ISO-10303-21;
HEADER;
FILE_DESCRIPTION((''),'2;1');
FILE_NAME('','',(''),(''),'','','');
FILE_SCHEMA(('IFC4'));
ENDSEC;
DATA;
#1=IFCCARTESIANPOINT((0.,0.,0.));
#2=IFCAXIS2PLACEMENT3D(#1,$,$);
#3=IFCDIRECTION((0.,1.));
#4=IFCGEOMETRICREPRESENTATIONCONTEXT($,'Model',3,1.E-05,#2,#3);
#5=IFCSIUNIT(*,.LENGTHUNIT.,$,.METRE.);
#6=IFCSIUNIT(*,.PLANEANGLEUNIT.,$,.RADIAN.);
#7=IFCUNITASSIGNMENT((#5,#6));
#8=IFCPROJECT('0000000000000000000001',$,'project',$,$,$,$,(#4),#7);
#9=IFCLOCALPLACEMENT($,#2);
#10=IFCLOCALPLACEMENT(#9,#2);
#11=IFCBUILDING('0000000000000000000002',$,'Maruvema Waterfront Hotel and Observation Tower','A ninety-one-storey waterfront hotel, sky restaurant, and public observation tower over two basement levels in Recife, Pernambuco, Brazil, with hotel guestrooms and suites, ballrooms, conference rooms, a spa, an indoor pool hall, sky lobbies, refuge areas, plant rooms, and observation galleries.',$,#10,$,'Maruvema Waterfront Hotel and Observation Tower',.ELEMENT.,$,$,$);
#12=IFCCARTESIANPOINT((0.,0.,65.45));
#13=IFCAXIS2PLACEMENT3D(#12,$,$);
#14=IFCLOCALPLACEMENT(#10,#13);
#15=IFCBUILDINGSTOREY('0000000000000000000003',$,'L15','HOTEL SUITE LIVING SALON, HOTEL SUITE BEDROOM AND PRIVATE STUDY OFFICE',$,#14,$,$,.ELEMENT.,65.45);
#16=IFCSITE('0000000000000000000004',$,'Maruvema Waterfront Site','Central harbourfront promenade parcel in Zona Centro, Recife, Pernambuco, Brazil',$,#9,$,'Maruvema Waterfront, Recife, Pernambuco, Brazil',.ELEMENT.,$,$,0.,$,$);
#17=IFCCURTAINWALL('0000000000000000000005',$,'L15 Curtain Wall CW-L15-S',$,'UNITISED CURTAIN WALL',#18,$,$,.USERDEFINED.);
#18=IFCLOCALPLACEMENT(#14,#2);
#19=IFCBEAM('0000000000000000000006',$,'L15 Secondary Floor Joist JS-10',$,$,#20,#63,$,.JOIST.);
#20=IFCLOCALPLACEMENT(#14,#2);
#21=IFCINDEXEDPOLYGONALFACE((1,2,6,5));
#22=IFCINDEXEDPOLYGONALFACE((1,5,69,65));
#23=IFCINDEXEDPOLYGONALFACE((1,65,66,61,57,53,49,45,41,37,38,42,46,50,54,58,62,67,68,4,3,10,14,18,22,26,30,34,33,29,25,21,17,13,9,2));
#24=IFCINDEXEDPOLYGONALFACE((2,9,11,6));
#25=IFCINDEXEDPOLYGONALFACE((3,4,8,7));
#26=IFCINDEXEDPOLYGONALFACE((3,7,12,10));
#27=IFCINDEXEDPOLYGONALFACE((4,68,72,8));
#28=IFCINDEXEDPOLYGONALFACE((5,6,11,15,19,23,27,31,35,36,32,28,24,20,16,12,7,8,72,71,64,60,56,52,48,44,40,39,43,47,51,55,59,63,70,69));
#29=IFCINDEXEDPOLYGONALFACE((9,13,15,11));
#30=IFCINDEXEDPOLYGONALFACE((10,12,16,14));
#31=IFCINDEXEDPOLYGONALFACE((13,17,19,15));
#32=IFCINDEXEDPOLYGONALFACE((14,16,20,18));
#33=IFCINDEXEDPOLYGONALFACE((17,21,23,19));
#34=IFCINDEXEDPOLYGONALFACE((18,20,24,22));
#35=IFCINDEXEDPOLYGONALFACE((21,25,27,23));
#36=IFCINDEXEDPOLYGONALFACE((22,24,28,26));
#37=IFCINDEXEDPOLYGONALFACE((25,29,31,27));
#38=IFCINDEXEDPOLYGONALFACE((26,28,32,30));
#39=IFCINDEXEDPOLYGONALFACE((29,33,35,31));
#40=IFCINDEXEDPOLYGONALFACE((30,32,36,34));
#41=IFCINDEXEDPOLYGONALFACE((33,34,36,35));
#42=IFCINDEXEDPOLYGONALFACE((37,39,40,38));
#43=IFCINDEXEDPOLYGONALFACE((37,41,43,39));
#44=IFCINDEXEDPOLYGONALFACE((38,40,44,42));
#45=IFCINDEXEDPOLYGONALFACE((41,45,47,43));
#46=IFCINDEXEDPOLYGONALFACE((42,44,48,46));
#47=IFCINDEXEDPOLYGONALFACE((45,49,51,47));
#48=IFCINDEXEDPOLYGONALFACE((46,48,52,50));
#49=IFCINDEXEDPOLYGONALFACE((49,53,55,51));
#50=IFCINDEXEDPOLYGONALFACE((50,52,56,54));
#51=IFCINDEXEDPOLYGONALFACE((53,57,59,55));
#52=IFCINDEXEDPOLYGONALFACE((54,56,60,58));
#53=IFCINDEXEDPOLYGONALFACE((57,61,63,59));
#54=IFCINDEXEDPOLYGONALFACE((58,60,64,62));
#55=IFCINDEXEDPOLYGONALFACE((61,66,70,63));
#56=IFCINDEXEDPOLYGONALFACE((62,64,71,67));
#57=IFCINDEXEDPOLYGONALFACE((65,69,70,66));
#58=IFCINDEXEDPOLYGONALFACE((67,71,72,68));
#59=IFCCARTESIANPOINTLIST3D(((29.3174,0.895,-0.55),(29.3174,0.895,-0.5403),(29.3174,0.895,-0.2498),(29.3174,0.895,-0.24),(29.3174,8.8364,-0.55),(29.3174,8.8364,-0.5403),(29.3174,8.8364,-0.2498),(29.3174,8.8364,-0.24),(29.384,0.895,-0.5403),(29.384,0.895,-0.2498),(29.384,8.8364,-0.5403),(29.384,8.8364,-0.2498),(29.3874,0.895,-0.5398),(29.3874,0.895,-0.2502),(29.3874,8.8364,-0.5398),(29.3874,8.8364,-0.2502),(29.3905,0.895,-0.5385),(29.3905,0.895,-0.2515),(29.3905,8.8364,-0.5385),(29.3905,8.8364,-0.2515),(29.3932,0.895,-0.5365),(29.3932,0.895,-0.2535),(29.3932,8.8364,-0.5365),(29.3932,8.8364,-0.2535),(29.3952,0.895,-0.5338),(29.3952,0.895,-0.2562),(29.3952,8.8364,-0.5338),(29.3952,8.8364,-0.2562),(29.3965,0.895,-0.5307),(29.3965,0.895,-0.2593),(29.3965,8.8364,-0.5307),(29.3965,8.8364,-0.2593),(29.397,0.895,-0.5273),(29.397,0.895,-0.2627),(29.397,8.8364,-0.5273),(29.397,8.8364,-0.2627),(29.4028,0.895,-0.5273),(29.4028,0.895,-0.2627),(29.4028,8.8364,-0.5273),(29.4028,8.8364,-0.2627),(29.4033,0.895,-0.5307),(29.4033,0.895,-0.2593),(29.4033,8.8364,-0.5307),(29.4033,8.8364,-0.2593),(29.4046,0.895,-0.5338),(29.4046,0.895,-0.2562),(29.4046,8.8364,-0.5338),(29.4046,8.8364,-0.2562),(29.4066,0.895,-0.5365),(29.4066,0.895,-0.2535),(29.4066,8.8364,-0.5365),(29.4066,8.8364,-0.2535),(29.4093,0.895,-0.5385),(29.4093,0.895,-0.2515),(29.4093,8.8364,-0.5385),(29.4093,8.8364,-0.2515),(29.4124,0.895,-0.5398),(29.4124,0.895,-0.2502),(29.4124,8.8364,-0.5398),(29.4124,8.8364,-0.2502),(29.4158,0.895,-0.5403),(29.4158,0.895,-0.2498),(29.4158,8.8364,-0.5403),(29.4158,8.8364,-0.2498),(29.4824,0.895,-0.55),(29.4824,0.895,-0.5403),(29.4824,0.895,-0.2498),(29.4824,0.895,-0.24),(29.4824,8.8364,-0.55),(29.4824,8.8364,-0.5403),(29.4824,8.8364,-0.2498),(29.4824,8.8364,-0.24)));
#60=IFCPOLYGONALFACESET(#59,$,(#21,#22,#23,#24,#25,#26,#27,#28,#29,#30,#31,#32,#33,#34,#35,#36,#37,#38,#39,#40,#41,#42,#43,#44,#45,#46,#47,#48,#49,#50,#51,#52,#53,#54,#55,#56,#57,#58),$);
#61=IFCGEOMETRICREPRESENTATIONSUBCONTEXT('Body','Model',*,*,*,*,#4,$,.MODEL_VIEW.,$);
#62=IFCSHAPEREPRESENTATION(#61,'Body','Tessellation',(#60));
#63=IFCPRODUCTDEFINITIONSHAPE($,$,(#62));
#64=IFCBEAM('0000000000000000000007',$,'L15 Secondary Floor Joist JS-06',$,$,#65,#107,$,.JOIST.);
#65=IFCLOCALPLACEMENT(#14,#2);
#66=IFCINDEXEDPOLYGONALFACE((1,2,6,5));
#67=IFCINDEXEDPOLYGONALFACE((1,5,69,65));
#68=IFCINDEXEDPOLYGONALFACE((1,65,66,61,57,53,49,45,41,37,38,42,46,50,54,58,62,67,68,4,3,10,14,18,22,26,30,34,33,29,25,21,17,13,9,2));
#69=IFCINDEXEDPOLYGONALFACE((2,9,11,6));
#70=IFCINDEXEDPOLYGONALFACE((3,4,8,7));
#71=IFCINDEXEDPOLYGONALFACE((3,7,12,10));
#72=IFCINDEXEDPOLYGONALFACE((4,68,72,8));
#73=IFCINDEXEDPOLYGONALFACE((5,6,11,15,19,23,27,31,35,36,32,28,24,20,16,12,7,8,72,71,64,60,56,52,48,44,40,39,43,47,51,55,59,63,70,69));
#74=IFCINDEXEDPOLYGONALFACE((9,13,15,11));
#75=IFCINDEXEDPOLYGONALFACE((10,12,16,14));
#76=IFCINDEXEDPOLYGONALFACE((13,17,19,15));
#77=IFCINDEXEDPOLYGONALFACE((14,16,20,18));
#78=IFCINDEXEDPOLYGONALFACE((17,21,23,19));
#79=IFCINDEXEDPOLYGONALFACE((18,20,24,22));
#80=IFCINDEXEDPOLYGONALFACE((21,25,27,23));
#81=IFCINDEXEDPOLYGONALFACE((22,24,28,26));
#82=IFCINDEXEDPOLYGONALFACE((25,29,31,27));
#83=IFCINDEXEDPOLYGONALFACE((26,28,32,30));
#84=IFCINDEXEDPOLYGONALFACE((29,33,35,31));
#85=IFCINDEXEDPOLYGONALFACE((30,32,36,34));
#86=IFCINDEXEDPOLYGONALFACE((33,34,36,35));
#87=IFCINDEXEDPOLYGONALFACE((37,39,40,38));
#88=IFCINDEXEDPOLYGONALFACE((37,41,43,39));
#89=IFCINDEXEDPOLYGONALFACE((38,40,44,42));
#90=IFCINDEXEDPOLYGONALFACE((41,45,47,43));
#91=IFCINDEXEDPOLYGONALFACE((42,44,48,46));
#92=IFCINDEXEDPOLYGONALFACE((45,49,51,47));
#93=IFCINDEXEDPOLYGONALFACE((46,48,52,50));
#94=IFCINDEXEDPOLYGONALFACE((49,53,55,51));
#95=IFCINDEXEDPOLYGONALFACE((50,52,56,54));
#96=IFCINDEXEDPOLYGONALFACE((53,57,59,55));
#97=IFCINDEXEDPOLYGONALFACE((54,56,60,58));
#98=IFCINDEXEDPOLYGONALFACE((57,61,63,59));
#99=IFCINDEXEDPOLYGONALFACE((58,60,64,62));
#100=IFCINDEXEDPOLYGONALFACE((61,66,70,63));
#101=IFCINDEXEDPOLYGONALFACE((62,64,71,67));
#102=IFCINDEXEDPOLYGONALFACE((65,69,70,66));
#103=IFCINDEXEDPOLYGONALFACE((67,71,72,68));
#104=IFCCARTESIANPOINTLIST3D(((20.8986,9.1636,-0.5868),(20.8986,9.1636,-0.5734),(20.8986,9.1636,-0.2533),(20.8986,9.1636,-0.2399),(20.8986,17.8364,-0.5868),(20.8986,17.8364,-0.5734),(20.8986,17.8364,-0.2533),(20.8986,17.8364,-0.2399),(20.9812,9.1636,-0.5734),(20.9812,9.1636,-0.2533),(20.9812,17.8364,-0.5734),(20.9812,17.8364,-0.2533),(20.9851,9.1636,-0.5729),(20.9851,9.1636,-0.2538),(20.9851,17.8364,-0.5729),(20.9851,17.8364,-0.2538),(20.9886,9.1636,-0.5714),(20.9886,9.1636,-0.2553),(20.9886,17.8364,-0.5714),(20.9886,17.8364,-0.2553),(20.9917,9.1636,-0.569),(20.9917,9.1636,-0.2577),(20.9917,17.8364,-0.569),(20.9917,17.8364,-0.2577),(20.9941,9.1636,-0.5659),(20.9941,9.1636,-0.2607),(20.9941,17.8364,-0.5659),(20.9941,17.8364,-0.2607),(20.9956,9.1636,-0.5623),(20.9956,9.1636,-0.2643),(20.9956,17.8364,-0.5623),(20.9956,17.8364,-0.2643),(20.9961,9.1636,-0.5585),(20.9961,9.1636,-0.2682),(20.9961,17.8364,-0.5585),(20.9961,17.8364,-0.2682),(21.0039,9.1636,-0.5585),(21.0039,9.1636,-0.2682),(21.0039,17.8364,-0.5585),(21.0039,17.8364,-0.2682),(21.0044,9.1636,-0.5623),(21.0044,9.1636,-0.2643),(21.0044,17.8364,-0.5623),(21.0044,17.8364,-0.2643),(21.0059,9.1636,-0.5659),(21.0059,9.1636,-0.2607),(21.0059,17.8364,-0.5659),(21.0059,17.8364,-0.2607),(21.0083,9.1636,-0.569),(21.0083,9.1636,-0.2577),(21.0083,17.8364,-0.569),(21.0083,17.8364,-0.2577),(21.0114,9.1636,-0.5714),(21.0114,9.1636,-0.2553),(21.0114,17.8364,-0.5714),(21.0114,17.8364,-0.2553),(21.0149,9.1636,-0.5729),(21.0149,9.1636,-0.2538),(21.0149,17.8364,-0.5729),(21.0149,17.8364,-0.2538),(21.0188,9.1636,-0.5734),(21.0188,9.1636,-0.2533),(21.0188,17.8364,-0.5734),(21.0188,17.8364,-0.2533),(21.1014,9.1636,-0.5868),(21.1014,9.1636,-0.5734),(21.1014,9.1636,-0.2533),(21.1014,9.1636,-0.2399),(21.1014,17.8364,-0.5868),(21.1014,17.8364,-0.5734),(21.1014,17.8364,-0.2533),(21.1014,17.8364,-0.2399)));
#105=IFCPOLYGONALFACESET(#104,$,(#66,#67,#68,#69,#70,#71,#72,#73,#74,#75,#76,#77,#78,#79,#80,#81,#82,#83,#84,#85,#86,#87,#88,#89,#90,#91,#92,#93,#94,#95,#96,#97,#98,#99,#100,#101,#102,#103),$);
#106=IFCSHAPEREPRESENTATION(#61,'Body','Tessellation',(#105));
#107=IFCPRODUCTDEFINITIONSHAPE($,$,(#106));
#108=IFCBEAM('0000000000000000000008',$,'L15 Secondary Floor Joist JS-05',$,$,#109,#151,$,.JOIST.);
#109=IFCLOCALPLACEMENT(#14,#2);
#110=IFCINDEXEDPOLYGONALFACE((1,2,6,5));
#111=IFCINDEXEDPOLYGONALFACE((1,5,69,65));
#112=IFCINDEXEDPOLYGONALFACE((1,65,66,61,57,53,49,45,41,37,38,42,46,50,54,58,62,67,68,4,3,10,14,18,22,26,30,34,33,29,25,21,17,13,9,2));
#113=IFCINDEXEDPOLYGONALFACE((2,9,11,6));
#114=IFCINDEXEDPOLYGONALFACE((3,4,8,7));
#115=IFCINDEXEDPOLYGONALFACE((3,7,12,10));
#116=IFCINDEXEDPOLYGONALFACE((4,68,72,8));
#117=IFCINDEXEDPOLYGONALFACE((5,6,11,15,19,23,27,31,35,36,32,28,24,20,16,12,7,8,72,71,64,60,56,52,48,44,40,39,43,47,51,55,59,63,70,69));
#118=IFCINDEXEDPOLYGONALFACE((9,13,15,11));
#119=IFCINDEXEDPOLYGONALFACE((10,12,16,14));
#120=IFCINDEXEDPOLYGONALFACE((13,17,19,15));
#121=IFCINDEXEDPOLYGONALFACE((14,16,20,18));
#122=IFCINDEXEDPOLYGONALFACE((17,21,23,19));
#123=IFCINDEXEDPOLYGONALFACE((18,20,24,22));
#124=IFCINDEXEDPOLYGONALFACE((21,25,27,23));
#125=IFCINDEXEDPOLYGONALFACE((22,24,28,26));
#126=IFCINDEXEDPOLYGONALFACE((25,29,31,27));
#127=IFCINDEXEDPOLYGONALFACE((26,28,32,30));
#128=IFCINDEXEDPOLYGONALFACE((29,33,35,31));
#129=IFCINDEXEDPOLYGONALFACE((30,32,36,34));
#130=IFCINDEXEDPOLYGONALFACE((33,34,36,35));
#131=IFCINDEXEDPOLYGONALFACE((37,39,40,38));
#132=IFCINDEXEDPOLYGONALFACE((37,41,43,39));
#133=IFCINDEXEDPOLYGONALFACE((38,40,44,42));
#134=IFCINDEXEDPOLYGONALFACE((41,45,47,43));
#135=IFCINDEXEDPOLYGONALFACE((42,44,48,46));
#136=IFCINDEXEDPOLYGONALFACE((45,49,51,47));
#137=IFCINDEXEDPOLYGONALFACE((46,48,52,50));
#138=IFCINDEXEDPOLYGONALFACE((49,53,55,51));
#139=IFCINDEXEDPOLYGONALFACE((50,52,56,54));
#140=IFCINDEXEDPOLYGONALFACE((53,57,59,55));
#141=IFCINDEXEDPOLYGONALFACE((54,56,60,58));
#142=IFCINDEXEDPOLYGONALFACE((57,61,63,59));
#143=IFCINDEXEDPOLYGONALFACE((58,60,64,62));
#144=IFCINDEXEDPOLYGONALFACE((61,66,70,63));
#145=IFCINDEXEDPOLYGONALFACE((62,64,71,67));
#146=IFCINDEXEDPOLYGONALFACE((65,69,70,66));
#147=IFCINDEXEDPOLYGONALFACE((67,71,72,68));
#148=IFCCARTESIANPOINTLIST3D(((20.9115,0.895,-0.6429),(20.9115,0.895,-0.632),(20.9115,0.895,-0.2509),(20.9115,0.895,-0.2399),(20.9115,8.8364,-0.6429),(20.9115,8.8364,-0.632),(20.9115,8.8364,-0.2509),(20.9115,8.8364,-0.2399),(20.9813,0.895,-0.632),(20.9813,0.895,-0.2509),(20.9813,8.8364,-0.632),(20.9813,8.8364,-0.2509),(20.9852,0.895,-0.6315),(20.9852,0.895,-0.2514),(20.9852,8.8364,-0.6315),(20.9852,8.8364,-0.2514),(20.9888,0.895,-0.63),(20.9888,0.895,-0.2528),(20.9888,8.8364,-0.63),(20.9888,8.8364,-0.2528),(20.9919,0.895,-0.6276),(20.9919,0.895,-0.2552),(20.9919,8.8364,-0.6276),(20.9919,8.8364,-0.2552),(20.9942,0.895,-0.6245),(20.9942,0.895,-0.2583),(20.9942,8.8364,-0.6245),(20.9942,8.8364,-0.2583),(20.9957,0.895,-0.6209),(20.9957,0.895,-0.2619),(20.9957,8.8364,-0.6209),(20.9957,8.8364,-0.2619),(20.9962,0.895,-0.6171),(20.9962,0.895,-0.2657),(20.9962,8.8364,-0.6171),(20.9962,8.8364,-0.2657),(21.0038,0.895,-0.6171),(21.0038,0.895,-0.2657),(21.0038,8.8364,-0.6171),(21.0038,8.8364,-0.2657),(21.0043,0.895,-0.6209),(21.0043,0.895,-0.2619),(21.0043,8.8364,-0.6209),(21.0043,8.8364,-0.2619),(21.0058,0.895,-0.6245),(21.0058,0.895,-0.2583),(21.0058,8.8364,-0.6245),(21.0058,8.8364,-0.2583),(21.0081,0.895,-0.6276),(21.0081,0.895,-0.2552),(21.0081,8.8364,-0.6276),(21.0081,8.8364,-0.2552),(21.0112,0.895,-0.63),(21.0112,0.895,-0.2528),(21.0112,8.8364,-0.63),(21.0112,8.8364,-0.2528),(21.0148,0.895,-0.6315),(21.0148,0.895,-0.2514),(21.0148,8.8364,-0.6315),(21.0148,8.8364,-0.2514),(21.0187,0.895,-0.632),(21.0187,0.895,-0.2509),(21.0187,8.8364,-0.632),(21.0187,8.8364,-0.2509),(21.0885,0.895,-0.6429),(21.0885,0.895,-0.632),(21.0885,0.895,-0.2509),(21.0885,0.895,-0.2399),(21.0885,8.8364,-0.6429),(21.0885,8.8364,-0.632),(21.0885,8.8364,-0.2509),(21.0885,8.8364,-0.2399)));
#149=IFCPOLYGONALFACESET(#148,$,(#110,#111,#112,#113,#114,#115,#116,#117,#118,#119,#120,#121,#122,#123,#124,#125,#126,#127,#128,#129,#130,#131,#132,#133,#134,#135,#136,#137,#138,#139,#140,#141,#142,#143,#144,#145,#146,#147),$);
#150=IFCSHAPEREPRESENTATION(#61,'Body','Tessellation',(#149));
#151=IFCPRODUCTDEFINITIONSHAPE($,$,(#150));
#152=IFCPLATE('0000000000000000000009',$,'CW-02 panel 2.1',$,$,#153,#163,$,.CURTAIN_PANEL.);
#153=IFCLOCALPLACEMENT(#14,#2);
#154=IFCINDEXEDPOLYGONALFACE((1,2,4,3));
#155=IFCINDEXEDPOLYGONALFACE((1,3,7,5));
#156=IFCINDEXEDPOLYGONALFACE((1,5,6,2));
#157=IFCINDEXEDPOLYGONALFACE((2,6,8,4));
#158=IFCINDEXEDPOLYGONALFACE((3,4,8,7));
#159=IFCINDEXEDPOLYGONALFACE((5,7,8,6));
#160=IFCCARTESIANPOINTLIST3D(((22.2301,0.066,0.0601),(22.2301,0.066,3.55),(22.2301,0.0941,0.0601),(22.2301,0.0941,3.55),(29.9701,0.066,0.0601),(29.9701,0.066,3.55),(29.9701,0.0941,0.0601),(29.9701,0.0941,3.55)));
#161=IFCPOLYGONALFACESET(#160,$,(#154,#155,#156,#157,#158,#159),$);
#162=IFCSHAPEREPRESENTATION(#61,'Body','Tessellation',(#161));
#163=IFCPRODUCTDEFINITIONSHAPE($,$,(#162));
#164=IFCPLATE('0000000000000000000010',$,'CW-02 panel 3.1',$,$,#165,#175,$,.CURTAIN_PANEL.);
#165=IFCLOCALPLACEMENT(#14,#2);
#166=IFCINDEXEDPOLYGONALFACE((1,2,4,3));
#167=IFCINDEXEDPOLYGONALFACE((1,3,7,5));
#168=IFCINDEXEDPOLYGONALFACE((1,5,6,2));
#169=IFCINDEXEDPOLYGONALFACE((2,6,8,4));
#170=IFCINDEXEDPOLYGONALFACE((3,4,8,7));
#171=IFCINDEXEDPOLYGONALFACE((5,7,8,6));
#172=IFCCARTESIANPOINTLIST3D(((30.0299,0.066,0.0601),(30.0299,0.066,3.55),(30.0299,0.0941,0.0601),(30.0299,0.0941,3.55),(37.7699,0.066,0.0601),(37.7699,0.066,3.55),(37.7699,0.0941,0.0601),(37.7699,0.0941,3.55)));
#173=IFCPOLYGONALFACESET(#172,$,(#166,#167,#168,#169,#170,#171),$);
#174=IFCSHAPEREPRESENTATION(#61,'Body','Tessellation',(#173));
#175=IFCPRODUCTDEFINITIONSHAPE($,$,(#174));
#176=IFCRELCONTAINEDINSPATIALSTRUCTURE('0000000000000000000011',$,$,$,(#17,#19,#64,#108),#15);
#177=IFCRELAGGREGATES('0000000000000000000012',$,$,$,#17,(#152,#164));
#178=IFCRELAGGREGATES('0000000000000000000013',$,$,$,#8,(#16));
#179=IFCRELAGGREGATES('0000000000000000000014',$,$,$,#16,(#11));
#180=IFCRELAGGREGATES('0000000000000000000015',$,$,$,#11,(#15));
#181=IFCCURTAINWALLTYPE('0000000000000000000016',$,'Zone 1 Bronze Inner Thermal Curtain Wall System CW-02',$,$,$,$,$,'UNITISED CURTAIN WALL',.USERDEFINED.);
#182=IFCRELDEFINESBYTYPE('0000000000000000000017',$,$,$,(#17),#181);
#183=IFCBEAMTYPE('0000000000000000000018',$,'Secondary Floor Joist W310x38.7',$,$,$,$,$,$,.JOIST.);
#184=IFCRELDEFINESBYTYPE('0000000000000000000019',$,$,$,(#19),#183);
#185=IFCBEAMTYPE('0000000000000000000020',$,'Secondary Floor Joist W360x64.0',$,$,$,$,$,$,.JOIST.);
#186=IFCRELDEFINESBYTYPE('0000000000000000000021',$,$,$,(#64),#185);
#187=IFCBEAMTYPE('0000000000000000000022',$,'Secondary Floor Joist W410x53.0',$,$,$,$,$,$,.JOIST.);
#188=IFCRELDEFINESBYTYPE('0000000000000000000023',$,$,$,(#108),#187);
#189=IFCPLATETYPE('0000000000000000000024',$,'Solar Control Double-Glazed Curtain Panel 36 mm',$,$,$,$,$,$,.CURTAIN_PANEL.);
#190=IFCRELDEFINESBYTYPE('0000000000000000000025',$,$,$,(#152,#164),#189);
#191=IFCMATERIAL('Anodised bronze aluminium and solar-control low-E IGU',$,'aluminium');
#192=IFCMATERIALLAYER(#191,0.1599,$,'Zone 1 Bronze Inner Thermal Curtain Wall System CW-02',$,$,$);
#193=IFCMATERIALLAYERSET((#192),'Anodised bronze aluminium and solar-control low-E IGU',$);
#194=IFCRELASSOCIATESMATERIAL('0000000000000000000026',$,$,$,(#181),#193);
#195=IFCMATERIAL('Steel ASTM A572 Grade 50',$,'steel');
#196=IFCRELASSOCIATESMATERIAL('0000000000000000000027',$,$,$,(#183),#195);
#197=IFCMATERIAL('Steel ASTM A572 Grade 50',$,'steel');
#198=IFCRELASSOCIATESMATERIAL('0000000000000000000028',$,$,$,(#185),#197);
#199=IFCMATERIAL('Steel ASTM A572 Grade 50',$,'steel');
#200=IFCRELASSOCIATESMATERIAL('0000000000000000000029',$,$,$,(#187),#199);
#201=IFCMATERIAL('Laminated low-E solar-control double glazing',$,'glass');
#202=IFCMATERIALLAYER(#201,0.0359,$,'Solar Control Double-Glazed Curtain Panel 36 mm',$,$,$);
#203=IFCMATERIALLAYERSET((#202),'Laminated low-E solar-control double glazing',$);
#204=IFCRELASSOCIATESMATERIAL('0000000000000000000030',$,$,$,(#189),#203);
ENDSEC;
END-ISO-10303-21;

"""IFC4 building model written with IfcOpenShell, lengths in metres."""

from ifc_helpers import new_model, si_unit, direction, frame, origin, origin_2d, place, context, subcontext, project, spatial, rectangle, i_section, extrude, material, layer, layer_set, material_profile, profile_set, type_object, element, aggregate, save


model = new_model("IFC4")

# Units and contexts
model_context = context("Model", 3, precision=1e-05, world=origin(), true_north=direction((0.0, 1.0)))
body_context = subcontext(model_context, "Body", "Model", "MODEL_VIEW")
ifc_project = project(units=[si_unit("LENGTHUNIT", "METRE"), si_unit("PLANEANGLEUNIT", "RADIAN")], contexts=[model_context])

# Site, building, storey
site_placement = place(None, origin())
site = spatial("IfcSite", under=ifc_project, at=site_placement, Name="Maruvema Waterfront Site", Description="Central harbourfront promenade parcel in Zona Centro, Recife, Pernambuco, Brazil", LongName="Maruvema Waterfront, Recife, Pernambuco, Brazil", CompositionType="ELEMENT", RefElevation=0.0)
building_placement = place(site_placement, origin())
building = spatial("IfcBuilding", under=site, at=building_placement, Name="Maruvema Waterfront Hotel and Observation Tower", Description="A ninety-one-storey waterfront hotel, sky restaurant, and public observation tower over two basement levels in Recife, Pernambuco, Brazil, with hotel guestrooms and suites, ballrooms, conference rooms, a spa, an indoor pool hall, sky lobbies, refuge areas, plant rooms, and observation galleries.", LongName="Maruvema Waterfront Hotel and Observation Tower", CompositionType="ELEMENT")
storey_placement = place(building_placement, frame((0.0, 0.0, 65.45)))
storey = spatial("IfcBuildingStorey", under=building, at=storey_placement, Name="L15", Description="HOTEL SUITE LIVING SALON, HOTEL SUITE BEDROOM AND PRIVATE STUDY OFFICE", CompositionType="ELEMENT", Elevation=65.45)

# Curtain wall
ifc_material_1 = material(Name="Anodised bronze aluminium and solar-control low-E IGU", Category="aluminium")
ifc_layer_1 = layer(ifc_material_1, 0.1599, Name="Zone 1 Bronze Inner Thermal Curtain Wall System CW-02")
ifc_layer_set_1 = layer_set([ifc_layer_1], Name="Anodised bronze aluminium and solar-control low-E IGU")
curtain_wall_type = type_object("IfcCurtainWallType", Name="Zone 1 Bronze Inner Thermal Curtain Wall System CW-02", ElementType="UNITISED CURTAIN WALL", PredefinedType="USERDEFINED", material=ifc_layer_set_1)
curtain_wall_placement = place(storey_placement, origin())
curtain_wall = element("IfcCurtainWall", 1, at=curtain_wall_placement, inside=storey, type_object=curtain_wall_type, Name="L15 Curtain Wall CW-L15-S", ObjectType="UNITISED CURTAIN WALL", PredefinedType="USERDEFINED")

# Beams
ifc_material_2 = material(Name="Steel ASTM A572 Grade 50", Category="steel")
ifc_material_profile_1 = material_profile(ifc_material_2, i_section(OverallWidth=0.165, OverallDepth=0.3101, WebThickness=0.0059, FlangeThickness=0.0098, FilletRadius=0.0129, at=origin_2d()), Name="W310x38.7")
ifc_profile_set_1 = profile_set([ifc_material_profile_1], Name="Steel ASTM A572 Grade 50")
beam_type_1 = type_object("IfcBeamType", Name="Secondary Floor Joist W310x38.7", PredefinedType="JOIST", material=ifc_profile_set_1)
beam_1_placement = place(storey_placement, frame((29.3999, 0.895, -0.395), z_axis=(0.0, 1.0, 0.0), x_axis=(-1.0, 0.0, 0.0)))
element("IfcBeam", 2, at=beam_1_placement, inside=storey, type_object=beam_type_1, Name="L15 Secondary Floor Joist JS-10", PredefinedType="JOIST", context=body_context, shape_type="SweptSolid", body=[
    extrude(i_section(OverallWidth=0.165, OverallDepth=0.3101, WebThickness=0.0059, FlangeThickness=0.0098, FilletRadius=0.0129, at=origin_2d()), origin(), (0.0, 0.0, 1.0), 7.9414),
])
ifc_material_3 = material(Name="Steel ASTM A572 Grade 50", Category="steel")
ifc_material_profile_2 = material_profile(ifc_material_3, i_section(OverallWidth=0.2029, OverallDepth=0.3469, WebThickness=0.0078, FlangeThickness=0.0134, FilletRadius=0.0149, at=origin_2d()), Name="W360x64.0")
ifc_profile_set_2 = profile_set([ifc_material_profile_2], Name="Steel ASTM A572 Grade 50")
beam_type_2 = type_object("IfcBeamType", Name="Secondary Floor Joist W360x64.0", PredefinedType="JOIST", material=ifc_profile_set_2)
beam_2_placement = place(storey_placement, frame((21.0, 9.1636, -0.4133), z_axis=(0.0, 1.0, 0.0), x_axis=(-1.0, 0.0, 0.0)))
element("IfcBeam", 3, at=beam_2_placement, inside=storey, type_object=beam_type_2, Name="L15 Secondary Floor Joist JS-06", PredefinedType="JOIST", context=body_context, shape_type="SweptSolid", body=[
    extrude(i_section(OverallWidth=0.2029, OverallDepth=0.3469, WebThickness=0.0078, FlangeThickness=0.0134, FilletRadius=0.0149, at=origin_2d()), origin(), (0.0, 0.0, 1.0), 8.6729),
])
ifc_material_4 = material(Name="Steel ASTM A572 Grade 50", Category="steel")
ifc_material_profile_3 = material_profile(ifc_material_4, i_section(OverallWidth=0.177, OverallDepth=0.4031, WebThickness=0.0076, FlangeThickness=0.011, FilletRadius=0.0149, at=origin_2d()), Name="W410x53.0")
ifc_profile_set_3 = profile_set([ifc_material_profile_3], Name="Steel ASTM A572 Grade 50")
beam_type_3 = type_object("IfcBeamType", Name="Secondary Floor Joist W410x53.0", PredefinedType="JOIST", material=ifc_profile_set_3)
beam_3_placement = place(storey_placement, frame((21.0, 0.895, -0.4414), z_axis=(0.0, 1.0, 0.0), x_axis=(-1.0, 0.0, 0.0)))
element("IfcBeam", 4, at=beam_3_placement, inside=storey, type_object=beam_type_3, Name="L15 Secondary Floor Joist JS-05", PredefinedType="JOIST", context=body_context, shape_type="SweptSolid", body=[
    extrude(i_section(OverallWidth=0.177, OverallDepth=0.4031, WebThickness=0.0076, FlangeThickness=0.011, FilletRadius=0.0149, at=origin_2d()), origin(), (0.0, 0.0, 1.0), 7.9414),
])

# Plates
ifc_material_5 = material(Name="Laminated low-E solar-control double glazing", Category="glass")
ifc_layer_2 = layer(ifc_material_5, 0.0359, Name="Solar Control Double-Glazed Curtain Panel 36 mm")
ifc_layer_set_2 = layer_set([ifc_layer_2], Name="Laminated low-E solar-control double glazing")
plate_type = type_object("IfcPlateType", Name="Solar Control Double-Glazed Curtain Panel 36 mm", PredefinedType="CURTAIN_PANEL", material=ifc_layer_set_2)
plate_1_placement = place(storey_placement, frame((26.1001, 0.0801, 0.0601), z_axis=(0.0, 0.0, 1.0), x_axis=(1.0, 0.0, 0.0)))
plate_1 = element("IfcPlate", 5, at=plate_1_placement, type_object=plate_type, Name="CW-02 panel 2.1", PredefinedType="CURTAIN_PANEL", context=body_context, shape_type="SweptSolid", body=[
    extrude(rectangle(XDim=7.74, YDim=0.0281, at=origin_2d()), origin(), (0.0, 0.0, 1.0), 3.49),
])
plate_2_placement = place(storey_placement, frame((33.8999, 0.0801, 0.0601), z_axis=(0.0, 0.0, 1.0), x_axis=(1.0, 0.0, 0.0)))
plate_2 = element("IfcPlate", 6, at=plate_2_placement, type_object=plate_type, Name="CW-02 panel 3.1", PredefinedType="CURTAIN_PANEL", context=body_context, shape_type="SweptSolid", body=[
    extrude(rectangle(XDim=7.74, YDim=0.0281, at=origin_2d()), origin(), (0.0, 0.0, 1.0), 3.49),
])
aggregate(curtain_wall, [plate_1, plate_2])

save(model, "model.ifc")
